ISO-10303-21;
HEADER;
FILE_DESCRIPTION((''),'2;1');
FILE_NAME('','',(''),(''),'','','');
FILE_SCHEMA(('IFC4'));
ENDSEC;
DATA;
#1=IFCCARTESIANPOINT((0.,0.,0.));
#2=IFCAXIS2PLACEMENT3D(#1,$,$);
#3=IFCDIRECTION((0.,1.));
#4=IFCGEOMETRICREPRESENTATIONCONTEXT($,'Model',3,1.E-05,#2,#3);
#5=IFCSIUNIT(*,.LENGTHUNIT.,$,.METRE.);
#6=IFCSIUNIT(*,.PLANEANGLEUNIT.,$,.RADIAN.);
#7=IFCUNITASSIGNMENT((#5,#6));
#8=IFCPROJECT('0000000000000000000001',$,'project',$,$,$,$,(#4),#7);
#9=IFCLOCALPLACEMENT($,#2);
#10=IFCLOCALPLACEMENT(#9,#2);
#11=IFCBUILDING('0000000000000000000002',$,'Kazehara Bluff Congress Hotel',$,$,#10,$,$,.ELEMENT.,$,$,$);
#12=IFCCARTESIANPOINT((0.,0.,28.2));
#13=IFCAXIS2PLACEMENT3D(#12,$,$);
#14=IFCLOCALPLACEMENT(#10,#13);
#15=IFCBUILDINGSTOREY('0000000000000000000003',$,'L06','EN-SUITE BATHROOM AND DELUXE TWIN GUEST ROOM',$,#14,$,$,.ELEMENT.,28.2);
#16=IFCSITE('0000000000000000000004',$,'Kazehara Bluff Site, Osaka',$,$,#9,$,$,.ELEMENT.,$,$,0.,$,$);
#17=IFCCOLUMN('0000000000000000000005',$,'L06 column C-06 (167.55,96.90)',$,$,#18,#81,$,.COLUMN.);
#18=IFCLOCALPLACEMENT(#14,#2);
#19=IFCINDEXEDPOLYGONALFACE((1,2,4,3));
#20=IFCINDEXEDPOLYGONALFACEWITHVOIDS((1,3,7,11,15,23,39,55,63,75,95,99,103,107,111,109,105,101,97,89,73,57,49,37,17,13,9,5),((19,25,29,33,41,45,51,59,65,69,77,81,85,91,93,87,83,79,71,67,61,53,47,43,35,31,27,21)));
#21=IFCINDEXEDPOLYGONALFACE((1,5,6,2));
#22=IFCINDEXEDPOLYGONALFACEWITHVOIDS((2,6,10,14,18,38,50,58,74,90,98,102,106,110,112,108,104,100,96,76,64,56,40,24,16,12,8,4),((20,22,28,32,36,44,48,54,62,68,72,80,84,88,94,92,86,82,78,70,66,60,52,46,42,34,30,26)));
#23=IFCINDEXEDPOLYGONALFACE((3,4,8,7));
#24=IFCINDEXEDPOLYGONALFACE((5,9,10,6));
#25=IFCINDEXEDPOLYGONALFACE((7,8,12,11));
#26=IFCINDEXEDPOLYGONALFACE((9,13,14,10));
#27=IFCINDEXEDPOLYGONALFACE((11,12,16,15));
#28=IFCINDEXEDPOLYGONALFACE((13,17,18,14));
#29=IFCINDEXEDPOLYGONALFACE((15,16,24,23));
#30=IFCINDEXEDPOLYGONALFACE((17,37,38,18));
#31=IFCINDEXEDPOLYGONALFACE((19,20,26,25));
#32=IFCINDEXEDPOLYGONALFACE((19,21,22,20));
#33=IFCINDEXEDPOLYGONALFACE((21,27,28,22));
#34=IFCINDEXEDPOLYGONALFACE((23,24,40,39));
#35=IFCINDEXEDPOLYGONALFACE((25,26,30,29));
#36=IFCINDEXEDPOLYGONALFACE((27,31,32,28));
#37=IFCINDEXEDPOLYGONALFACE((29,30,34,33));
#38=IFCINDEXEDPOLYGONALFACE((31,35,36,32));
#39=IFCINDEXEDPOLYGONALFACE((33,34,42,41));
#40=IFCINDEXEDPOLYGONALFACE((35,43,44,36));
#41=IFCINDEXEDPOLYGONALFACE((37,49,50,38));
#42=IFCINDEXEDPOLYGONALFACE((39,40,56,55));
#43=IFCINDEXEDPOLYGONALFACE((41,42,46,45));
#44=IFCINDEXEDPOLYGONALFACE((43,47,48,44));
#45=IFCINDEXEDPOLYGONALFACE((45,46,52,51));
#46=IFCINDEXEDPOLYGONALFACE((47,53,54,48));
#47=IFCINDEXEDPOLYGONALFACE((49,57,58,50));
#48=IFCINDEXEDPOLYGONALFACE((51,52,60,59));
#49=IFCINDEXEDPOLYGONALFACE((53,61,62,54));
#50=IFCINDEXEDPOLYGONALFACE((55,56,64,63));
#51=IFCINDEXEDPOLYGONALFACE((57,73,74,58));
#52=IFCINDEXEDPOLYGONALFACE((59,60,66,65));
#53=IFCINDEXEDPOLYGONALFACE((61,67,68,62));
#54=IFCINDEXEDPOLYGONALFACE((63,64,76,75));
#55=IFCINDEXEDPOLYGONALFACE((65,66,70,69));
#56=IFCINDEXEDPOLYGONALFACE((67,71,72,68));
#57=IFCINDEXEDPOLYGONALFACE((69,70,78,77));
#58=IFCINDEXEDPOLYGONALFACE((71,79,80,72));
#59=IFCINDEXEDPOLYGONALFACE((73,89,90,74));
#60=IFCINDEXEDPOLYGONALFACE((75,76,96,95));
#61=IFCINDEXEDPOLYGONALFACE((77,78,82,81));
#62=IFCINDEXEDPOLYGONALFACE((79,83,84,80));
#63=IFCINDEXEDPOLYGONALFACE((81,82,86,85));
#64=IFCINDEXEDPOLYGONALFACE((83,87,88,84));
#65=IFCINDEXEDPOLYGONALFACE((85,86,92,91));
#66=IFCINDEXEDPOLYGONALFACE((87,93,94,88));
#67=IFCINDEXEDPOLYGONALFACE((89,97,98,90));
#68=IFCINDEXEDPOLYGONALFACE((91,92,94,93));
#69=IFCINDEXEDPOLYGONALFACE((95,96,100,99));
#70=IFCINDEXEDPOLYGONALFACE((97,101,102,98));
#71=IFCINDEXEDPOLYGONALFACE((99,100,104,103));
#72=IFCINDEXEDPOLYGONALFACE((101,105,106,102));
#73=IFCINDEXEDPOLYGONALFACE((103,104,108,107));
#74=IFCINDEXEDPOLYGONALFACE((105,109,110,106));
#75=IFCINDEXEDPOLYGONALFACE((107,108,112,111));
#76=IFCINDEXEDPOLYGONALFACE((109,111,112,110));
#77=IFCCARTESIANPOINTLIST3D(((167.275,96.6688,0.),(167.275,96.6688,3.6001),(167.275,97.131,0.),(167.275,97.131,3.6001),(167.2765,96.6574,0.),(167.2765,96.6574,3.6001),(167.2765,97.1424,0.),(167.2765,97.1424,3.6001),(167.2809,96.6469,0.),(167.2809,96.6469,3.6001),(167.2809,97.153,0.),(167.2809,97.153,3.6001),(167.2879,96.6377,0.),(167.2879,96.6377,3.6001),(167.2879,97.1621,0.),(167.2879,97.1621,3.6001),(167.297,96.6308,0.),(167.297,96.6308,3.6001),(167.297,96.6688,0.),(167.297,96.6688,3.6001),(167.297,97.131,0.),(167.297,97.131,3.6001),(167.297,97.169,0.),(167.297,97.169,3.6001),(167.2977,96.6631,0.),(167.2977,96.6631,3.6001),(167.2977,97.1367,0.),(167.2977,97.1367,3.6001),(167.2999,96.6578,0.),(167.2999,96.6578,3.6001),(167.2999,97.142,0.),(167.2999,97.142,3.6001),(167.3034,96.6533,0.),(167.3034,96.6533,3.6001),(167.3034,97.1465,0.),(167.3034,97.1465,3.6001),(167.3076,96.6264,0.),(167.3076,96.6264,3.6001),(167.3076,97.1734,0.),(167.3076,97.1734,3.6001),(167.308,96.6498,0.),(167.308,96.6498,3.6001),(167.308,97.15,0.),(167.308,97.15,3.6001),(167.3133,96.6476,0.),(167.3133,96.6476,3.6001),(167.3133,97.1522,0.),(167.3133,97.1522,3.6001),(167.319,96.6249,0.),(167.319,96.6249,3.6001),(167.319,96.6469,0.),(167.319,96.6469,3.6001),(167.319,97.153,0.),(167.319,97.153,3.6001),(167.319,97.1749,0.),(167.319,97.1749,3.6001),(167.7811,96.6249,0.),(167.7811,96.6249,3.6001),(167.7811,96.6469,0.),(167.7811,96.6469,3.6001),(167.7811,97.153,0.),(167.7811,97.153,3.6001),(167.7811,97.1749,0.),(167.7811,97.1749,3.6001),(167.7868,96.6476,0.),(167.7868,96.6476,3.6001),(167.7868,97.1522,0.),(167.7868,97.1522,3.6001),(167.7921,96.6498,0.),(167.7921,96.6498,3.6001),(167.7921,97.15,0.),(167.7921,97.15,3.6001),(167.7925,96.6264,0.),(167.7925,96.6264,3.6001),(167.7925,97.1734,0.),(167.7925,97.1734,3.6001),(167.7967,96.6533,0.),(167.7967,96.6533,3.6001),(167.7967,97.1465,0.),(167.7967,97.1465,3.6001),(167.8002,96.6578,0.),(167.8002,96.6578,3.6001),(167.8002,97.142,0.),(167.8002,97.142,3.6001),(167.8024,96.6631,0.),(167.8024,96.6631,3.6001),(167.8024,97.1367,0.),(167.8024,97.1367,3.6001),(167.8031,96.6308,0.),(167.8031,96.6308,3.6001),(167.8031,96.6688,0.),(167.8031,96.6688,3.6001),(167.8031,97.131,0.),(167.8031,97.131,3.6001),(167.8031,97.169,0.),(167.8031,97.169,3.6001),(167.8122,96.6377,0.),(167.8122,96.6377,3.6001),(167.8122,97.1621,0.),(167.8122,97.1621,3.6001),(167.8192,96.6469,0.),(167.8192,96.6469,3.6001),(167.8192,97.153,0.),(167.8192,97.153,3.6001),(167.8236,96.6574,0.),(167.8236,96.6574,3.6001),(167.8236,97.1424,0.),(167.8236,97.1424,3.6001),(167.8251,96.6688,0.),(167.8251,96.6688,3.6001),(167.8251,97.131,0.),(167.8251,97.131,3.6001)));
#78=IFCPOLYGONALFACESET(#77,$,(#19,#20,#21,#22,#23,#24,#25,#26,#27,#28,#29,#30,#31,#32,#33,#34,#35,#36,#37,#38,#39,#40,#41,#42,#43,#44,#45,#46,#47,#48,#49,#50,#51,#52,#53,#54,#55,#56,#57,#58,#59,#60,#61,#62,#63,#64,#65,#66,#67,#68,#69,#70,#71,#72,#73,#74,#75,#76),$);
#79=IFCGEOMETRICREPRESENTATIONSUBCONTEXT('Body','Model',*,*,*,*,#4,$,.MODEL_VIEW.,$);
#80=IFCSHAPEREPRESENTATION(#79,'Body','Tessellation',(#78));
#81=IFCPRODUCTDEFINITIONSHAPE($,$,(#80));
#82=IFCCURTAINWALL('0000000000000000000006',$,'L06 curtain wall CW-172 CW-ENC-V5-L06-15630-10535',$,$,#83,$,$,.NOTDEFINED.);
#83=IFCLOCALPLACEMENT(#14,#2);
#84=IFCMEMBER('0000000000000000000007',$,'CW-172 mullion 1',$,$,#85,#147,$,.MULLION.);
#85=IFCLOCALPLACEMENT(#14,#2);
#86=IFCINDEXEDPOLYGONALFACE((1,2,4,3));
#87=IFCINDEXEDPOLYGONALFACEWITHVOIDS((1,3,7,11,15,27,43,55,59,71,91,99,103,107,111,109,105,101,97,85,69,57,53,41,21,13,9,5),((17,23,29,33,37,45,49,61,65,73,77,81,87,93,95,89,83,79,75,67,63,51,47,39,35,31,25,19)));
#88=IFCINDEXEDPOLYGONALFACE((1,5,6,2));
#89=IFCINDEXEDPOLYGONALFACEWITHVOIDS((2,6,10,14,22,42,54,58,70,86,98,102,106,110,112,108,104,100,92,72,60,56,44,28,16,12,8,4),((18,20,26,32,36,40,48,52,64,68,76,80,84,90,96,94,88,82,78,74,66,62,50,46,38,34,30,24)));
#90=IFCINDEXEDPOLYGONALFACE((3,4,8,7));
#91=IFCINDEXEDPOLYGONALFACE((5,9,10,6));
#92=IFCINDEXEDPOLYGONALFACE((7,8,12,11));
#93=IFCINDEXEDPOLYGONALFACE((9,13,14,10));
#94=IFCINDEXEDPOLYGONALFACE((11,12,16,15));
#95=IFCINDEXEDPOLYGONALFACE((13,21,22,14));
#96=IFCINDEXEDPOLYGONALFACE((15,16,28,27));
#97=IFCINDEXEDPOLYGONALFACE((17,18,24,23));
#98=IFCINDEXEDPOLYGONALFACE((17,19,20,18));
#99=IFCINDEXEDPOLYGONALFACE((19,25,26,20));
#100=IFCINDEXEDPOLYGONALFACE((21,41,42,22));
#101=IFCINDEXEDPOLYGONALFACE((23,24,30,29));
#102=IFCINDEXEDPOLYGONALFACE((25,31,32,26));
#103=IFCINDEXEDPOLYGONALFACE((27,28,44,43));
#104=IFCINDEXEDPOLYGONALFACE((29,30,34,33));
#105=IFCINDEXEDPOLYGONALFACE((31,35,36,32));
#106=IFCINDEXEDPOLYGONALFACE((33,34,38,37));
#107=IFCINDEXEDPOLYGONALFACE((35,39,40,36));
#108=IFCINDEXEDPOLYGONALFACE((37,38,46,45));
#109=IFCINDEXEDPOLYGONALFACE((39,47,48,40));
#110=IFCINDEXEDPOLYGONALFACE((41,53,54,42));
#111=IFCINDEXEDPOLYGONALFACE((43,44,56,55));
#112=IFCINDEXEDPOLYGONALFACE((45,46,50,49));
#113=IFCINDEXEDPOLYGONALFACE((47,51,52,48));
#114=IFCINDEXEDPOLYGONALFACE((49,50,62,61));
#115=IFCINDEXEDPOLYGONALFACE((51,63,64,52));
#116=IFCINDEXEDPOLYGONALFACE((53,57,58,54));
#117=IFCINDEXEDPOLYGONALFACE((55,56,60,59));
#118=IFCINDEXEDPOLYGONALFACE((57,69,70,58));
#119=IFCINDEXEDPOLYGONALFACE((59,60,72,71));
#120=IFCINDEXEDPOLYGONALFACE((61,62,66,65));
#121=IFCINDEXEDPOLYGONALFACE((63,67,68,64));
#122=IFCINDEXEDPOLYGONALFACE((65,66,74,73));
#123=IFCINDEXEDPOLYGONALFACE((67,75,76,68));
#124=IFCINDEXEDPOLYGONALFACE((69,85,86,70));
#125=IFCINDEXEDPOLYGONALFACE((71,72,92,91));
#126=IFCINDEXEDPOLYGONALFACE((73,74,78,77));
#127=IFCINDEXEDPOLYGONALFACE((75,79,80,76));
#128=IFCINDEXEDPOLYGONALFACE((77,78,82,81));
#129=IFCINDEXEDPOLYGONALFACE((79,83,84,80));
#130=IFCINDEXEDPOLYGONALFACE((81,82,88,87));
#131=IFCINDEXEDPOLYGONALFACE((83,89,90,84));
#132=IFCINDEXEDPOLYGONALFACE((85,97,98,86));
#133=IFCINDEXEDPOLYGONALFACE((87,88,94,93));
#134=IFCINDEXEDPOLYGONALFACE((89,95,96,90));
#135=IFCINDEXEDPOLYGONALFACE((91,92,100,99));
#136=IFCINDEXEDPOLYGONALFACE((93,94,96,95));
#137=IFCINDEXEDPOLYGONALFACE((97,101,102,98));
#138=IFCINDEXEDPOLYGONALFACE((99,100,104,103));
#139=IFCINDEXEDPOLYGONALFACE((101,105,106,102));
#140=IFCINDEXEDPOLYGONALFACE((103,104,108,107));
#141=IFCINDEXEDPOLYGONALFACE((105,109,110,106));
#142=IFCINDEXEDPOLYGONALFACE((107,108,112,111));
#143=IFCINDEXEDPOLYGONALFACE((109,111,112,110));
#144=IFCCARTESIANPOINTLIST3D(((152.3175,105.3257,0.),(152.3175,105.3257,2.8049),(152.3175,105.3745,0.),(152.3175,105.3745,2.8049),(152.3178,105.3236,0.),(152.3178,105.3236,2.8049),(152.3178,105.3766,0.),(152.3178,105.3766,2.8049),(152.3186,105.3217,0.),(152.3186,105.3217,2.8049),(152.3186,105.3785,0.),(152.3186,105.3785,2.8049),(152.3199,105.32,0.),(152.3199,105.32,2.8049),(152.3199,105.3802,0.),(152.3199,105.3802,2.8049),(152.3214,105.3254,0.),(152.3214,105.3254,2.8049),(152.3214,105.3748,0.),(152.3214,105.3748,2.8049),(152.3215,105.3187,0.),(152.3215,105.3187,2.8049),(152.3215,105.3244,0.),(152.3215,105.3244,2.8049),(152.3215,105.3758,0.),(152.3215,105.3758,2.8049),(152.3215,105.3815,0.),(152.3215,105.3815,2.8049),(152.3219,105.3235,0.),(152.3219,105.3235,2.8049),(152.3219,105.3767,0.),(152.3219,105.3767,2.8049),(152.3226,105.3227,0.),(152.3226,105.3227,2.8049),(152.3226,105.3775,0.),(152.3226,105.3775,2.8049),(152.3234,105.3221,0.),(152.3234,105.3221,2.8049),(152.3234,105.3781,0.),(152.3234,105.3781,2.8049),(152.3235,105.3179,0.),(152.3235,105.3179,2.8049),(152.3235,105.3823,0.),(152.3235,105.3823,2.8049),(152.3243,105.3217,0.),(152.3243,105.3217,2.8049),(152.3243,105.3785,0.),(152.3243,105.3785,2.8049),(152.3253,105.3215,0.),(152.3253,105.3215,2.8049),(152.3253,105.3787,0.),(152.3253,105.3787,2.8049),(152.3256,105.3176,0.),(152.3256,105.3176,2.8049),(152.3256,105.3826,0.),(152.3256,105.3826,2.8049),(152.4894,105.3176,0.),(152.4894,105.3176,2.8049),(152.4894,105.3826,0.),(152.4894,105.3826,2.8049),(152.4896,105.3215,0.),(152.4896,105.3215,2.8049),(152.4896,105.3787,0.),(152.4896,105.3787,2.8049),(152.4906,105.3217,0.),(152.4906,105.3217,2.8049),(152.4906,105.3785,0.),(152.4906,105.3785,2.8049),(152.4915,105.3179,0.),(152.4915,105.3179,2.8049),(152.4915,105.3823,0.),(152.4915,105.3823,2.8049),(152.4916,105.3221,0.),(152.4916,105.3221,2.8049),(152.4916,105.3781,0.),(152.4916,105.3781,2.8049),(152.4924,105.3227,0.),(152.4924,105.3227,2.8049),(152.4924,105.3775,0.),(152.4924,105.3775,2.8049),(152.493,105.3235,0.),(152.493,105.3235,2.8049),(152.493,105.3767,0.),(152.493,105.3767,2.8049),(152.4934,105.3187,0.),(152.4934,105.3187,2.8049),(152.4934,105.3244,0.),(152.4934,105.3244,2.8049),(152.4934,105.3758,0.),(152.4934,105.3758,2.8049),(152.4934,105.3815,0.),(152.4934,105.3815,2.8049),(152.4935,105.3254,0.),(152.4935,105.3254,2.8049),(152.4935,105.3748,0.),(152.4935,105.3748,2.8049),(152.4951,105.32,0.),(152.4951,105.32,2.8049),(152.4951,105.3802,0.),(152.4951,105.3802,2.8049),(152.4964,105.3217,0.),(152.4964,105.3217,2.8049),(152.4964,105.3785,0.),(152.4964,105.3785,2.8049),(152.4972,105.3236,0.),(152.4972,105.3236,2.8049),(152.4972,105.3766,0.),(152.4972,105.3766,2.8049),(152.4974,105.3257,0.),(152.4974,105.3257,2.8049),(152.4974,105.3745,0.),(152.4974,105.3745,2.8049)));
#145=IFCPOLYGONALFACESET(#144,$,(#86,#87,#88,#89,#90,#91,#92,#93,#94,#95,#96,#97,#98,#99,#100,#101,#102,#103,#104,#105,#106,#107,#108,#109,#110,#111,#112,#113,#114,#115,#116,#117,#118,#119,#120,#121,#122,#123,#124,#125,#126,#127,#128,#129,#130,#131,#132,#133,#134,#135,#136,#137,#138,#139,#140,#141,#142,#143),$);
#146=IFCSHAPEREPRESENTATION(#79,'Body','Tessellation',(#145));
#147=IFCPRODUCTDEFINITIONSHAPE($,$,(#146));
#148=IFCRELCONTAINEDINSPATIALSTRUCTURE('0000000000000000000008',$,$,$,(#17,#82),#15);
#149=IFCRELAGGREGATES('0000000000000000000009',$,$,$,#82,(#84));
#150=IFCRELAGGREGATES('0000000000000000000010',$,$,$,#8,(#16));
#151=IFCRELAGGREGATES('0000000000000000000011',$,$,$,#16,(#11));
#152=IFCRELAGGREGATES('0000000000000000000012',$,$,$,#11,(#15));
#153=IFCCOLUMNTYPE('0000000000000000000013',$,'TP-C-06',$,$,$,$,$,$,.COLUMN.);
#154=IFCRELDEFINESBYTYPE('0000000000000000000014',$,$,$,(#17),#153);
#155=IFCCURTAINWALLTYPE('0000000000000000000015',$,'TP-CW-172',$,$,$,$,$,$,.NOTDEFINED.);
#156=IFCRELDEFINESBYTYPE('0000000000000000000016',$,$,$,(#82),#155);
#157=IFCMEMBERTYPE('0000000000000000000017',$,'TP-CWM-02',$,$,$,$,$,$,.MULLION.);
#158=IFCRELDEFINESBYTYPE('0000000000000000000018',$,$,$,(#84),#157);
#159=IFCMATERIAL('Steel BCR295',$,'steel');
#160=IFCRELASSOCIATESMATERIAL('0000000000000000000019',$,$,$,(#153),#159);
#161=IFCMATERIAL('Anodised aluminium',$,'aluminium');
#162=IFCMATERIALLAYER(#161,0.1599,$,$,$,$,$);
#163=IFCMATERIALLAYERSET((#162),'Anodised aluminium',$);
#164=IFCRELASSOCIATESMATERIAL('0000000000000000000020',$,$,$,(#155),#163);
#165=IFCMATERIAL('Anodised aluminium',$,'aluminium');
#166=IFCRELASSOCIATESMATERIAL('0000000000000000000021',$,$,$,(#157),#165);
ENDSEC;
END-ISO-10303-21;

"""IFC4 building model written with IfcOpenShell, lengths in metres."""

from ifc_helpers import new_model, si_unit, direction, frame, origin, origin_2d, place, context, subcontext, project, spatial, hollow_rectangle, extrude, material, layer, layer_set, material_profile, profile_set, type_object, element, aggregate, save


model = new_model("IFC4")

# Units and contexts
model_context = context("Model", 3, precision=1e-05, world=origin(), true_north=direction((0.0, 1.0)))
body_context = subcontext(model_context, "Body", "Model", "MODEL_VIEW")
ifc_project = project(units=[si_unit("LENGTHUNIT", "METRE"), si_unit("PLANEANGLEUNIT", "RADIAN")], contexts=[model_context])

# Site, building, storey
site_placement = place(None, origin())
site = spatial("IfcSite", under=ifc_project, at=site_placement, Name="Kazehara Bluff Site, Osaka", CompositionType="ELEMENT", RefElevation=0.0)
building_placement = place(site_placement, origin())
building = spatial("IfcBuilding", under=site, at=building_placement, Name="Kazehara Bluff Congress Hotel", CompositionType="ELEMENT")
storey_placement = place(building_placement, frame((0.0, 0.0, 28.2)))
storey = spatial("IfcBuildingStorey", under=building, at=storey_placement, Name="L06", Description="EN-SUITE BATHROOM AND DELUXE TWIN GUEST ROOM", CompositionType="ELEMENT", Elevation=28.2)

# Column
ifc_material_1 = material(Name="Steel BCR295", Category="steel")
ifc_material_profile_1 = material_profile(ifc_material_1, hollow_rectangle(XDim=0.55, YDim=0.55, WallThickness=0.022, InnerFilletRadius=0.022, OuterFilletRadius=0.0439, at=origin_2d()))
ifc_profile_set_1 = profile_set([ifc_material_profile_1], Name="Steel BCR295")
column_type = type_object("IfcColumnType", Name="TP-C-06", PredefinedType="COLUMN", material=ifc_profile_set_1)
column_placement = place(storey_placement, frame((167.55, 96.8999, 0.0), z_axis=(0.0, 0.0, 1.0), x_axis=(1.0, 0.0, 0.0)))
element("IfcColumn", 1, at=column_placement, inside=storey, type_object=column_type, Name="L06 column C-06 (167.55,96.90)", PredefinedType="COLUMN", context=body_context, shape_type="SweptSolid", body=[
    extrude(hollow_rectangle(XDim=0.55, YDim=0.55, WallThickness=0.022, InnerFilletRadius=0.022, OuterFilletRadius=0.0439, at=origin_2d()), origin(), (0.0, 0.0, 1.0), 3.6001),
])

# Curtain wall, member
ifc_material_2 = material(Name="Anodised aluminium", Category="aluminium")
ifc_layer_1 = layer(ifc_material_2, 0.1599)
ifc_layer_set_1 = layer_set([ifc_layer_1], Name="Anodised aluminium")
curtain_wall_type = type_object("IfcCurtainWallType", Name="TP-CW-172", PredefinedType="NOTDEFINED", material=ifc_layer_set_1)
curtain_wall_placement = place(storey_placement, origin())
curtain_wall = element("IfcCurtainWall", 2, at=curtain_wall_placement, inside=storey, type_object=curtain_wall_type, Name="L06 curtain wall CW-172 CW-ENC-V5-L06-15630-10535", PredefinedType="NOTDEFINED")
ifc_material_3 = material(Name="Anodised aluminium", Category="aluminium")
ifc_material_profile_2 = material_profile(ifc_material_3, hollow_rectangle(XDim=0.0649, YDim=0.1799, WallThickness=0.0039, InnerFilletRadius=0.0039, OuterFilletRadius=0.0081, at=origin_2d()))
ifc_profile_set_2 = profile_set([ifc_material_profile_2], Name="Anodised aluminium")
member_type_1 = type_object("IfcMemberType", Name="TP-CWM-02", PredefinedType="MULLION", material=ifc_profile_set_2)
member_1_placement = place(storey_placement, frame((152.4075, 105.3501, 0.0), z_axis=(0.0, 0.0, 1.0), x_axis=(0.0, 1.0, 0.0)))
member_1 = element("IfcMember", 3, at=member_1_placement, type_object=member_type_1, Name="CW-172 mullion 1", PredefinedType="MULLION", context=body_context, shape_type="SweptSolid", body=[
    extrude(hollow_rectangle(XDim=0.0649, YDim=0.1799, WallThickness=0.0039, InnerFilletRadius=0.0039, OuterFilletRadius=0.0081, at=origin_2d()), origin(), (0.0, 0.0, 1.0), 2.8049),
])
aggregate(curtain_wall, [member_1])

save(model, "model.ifc")
